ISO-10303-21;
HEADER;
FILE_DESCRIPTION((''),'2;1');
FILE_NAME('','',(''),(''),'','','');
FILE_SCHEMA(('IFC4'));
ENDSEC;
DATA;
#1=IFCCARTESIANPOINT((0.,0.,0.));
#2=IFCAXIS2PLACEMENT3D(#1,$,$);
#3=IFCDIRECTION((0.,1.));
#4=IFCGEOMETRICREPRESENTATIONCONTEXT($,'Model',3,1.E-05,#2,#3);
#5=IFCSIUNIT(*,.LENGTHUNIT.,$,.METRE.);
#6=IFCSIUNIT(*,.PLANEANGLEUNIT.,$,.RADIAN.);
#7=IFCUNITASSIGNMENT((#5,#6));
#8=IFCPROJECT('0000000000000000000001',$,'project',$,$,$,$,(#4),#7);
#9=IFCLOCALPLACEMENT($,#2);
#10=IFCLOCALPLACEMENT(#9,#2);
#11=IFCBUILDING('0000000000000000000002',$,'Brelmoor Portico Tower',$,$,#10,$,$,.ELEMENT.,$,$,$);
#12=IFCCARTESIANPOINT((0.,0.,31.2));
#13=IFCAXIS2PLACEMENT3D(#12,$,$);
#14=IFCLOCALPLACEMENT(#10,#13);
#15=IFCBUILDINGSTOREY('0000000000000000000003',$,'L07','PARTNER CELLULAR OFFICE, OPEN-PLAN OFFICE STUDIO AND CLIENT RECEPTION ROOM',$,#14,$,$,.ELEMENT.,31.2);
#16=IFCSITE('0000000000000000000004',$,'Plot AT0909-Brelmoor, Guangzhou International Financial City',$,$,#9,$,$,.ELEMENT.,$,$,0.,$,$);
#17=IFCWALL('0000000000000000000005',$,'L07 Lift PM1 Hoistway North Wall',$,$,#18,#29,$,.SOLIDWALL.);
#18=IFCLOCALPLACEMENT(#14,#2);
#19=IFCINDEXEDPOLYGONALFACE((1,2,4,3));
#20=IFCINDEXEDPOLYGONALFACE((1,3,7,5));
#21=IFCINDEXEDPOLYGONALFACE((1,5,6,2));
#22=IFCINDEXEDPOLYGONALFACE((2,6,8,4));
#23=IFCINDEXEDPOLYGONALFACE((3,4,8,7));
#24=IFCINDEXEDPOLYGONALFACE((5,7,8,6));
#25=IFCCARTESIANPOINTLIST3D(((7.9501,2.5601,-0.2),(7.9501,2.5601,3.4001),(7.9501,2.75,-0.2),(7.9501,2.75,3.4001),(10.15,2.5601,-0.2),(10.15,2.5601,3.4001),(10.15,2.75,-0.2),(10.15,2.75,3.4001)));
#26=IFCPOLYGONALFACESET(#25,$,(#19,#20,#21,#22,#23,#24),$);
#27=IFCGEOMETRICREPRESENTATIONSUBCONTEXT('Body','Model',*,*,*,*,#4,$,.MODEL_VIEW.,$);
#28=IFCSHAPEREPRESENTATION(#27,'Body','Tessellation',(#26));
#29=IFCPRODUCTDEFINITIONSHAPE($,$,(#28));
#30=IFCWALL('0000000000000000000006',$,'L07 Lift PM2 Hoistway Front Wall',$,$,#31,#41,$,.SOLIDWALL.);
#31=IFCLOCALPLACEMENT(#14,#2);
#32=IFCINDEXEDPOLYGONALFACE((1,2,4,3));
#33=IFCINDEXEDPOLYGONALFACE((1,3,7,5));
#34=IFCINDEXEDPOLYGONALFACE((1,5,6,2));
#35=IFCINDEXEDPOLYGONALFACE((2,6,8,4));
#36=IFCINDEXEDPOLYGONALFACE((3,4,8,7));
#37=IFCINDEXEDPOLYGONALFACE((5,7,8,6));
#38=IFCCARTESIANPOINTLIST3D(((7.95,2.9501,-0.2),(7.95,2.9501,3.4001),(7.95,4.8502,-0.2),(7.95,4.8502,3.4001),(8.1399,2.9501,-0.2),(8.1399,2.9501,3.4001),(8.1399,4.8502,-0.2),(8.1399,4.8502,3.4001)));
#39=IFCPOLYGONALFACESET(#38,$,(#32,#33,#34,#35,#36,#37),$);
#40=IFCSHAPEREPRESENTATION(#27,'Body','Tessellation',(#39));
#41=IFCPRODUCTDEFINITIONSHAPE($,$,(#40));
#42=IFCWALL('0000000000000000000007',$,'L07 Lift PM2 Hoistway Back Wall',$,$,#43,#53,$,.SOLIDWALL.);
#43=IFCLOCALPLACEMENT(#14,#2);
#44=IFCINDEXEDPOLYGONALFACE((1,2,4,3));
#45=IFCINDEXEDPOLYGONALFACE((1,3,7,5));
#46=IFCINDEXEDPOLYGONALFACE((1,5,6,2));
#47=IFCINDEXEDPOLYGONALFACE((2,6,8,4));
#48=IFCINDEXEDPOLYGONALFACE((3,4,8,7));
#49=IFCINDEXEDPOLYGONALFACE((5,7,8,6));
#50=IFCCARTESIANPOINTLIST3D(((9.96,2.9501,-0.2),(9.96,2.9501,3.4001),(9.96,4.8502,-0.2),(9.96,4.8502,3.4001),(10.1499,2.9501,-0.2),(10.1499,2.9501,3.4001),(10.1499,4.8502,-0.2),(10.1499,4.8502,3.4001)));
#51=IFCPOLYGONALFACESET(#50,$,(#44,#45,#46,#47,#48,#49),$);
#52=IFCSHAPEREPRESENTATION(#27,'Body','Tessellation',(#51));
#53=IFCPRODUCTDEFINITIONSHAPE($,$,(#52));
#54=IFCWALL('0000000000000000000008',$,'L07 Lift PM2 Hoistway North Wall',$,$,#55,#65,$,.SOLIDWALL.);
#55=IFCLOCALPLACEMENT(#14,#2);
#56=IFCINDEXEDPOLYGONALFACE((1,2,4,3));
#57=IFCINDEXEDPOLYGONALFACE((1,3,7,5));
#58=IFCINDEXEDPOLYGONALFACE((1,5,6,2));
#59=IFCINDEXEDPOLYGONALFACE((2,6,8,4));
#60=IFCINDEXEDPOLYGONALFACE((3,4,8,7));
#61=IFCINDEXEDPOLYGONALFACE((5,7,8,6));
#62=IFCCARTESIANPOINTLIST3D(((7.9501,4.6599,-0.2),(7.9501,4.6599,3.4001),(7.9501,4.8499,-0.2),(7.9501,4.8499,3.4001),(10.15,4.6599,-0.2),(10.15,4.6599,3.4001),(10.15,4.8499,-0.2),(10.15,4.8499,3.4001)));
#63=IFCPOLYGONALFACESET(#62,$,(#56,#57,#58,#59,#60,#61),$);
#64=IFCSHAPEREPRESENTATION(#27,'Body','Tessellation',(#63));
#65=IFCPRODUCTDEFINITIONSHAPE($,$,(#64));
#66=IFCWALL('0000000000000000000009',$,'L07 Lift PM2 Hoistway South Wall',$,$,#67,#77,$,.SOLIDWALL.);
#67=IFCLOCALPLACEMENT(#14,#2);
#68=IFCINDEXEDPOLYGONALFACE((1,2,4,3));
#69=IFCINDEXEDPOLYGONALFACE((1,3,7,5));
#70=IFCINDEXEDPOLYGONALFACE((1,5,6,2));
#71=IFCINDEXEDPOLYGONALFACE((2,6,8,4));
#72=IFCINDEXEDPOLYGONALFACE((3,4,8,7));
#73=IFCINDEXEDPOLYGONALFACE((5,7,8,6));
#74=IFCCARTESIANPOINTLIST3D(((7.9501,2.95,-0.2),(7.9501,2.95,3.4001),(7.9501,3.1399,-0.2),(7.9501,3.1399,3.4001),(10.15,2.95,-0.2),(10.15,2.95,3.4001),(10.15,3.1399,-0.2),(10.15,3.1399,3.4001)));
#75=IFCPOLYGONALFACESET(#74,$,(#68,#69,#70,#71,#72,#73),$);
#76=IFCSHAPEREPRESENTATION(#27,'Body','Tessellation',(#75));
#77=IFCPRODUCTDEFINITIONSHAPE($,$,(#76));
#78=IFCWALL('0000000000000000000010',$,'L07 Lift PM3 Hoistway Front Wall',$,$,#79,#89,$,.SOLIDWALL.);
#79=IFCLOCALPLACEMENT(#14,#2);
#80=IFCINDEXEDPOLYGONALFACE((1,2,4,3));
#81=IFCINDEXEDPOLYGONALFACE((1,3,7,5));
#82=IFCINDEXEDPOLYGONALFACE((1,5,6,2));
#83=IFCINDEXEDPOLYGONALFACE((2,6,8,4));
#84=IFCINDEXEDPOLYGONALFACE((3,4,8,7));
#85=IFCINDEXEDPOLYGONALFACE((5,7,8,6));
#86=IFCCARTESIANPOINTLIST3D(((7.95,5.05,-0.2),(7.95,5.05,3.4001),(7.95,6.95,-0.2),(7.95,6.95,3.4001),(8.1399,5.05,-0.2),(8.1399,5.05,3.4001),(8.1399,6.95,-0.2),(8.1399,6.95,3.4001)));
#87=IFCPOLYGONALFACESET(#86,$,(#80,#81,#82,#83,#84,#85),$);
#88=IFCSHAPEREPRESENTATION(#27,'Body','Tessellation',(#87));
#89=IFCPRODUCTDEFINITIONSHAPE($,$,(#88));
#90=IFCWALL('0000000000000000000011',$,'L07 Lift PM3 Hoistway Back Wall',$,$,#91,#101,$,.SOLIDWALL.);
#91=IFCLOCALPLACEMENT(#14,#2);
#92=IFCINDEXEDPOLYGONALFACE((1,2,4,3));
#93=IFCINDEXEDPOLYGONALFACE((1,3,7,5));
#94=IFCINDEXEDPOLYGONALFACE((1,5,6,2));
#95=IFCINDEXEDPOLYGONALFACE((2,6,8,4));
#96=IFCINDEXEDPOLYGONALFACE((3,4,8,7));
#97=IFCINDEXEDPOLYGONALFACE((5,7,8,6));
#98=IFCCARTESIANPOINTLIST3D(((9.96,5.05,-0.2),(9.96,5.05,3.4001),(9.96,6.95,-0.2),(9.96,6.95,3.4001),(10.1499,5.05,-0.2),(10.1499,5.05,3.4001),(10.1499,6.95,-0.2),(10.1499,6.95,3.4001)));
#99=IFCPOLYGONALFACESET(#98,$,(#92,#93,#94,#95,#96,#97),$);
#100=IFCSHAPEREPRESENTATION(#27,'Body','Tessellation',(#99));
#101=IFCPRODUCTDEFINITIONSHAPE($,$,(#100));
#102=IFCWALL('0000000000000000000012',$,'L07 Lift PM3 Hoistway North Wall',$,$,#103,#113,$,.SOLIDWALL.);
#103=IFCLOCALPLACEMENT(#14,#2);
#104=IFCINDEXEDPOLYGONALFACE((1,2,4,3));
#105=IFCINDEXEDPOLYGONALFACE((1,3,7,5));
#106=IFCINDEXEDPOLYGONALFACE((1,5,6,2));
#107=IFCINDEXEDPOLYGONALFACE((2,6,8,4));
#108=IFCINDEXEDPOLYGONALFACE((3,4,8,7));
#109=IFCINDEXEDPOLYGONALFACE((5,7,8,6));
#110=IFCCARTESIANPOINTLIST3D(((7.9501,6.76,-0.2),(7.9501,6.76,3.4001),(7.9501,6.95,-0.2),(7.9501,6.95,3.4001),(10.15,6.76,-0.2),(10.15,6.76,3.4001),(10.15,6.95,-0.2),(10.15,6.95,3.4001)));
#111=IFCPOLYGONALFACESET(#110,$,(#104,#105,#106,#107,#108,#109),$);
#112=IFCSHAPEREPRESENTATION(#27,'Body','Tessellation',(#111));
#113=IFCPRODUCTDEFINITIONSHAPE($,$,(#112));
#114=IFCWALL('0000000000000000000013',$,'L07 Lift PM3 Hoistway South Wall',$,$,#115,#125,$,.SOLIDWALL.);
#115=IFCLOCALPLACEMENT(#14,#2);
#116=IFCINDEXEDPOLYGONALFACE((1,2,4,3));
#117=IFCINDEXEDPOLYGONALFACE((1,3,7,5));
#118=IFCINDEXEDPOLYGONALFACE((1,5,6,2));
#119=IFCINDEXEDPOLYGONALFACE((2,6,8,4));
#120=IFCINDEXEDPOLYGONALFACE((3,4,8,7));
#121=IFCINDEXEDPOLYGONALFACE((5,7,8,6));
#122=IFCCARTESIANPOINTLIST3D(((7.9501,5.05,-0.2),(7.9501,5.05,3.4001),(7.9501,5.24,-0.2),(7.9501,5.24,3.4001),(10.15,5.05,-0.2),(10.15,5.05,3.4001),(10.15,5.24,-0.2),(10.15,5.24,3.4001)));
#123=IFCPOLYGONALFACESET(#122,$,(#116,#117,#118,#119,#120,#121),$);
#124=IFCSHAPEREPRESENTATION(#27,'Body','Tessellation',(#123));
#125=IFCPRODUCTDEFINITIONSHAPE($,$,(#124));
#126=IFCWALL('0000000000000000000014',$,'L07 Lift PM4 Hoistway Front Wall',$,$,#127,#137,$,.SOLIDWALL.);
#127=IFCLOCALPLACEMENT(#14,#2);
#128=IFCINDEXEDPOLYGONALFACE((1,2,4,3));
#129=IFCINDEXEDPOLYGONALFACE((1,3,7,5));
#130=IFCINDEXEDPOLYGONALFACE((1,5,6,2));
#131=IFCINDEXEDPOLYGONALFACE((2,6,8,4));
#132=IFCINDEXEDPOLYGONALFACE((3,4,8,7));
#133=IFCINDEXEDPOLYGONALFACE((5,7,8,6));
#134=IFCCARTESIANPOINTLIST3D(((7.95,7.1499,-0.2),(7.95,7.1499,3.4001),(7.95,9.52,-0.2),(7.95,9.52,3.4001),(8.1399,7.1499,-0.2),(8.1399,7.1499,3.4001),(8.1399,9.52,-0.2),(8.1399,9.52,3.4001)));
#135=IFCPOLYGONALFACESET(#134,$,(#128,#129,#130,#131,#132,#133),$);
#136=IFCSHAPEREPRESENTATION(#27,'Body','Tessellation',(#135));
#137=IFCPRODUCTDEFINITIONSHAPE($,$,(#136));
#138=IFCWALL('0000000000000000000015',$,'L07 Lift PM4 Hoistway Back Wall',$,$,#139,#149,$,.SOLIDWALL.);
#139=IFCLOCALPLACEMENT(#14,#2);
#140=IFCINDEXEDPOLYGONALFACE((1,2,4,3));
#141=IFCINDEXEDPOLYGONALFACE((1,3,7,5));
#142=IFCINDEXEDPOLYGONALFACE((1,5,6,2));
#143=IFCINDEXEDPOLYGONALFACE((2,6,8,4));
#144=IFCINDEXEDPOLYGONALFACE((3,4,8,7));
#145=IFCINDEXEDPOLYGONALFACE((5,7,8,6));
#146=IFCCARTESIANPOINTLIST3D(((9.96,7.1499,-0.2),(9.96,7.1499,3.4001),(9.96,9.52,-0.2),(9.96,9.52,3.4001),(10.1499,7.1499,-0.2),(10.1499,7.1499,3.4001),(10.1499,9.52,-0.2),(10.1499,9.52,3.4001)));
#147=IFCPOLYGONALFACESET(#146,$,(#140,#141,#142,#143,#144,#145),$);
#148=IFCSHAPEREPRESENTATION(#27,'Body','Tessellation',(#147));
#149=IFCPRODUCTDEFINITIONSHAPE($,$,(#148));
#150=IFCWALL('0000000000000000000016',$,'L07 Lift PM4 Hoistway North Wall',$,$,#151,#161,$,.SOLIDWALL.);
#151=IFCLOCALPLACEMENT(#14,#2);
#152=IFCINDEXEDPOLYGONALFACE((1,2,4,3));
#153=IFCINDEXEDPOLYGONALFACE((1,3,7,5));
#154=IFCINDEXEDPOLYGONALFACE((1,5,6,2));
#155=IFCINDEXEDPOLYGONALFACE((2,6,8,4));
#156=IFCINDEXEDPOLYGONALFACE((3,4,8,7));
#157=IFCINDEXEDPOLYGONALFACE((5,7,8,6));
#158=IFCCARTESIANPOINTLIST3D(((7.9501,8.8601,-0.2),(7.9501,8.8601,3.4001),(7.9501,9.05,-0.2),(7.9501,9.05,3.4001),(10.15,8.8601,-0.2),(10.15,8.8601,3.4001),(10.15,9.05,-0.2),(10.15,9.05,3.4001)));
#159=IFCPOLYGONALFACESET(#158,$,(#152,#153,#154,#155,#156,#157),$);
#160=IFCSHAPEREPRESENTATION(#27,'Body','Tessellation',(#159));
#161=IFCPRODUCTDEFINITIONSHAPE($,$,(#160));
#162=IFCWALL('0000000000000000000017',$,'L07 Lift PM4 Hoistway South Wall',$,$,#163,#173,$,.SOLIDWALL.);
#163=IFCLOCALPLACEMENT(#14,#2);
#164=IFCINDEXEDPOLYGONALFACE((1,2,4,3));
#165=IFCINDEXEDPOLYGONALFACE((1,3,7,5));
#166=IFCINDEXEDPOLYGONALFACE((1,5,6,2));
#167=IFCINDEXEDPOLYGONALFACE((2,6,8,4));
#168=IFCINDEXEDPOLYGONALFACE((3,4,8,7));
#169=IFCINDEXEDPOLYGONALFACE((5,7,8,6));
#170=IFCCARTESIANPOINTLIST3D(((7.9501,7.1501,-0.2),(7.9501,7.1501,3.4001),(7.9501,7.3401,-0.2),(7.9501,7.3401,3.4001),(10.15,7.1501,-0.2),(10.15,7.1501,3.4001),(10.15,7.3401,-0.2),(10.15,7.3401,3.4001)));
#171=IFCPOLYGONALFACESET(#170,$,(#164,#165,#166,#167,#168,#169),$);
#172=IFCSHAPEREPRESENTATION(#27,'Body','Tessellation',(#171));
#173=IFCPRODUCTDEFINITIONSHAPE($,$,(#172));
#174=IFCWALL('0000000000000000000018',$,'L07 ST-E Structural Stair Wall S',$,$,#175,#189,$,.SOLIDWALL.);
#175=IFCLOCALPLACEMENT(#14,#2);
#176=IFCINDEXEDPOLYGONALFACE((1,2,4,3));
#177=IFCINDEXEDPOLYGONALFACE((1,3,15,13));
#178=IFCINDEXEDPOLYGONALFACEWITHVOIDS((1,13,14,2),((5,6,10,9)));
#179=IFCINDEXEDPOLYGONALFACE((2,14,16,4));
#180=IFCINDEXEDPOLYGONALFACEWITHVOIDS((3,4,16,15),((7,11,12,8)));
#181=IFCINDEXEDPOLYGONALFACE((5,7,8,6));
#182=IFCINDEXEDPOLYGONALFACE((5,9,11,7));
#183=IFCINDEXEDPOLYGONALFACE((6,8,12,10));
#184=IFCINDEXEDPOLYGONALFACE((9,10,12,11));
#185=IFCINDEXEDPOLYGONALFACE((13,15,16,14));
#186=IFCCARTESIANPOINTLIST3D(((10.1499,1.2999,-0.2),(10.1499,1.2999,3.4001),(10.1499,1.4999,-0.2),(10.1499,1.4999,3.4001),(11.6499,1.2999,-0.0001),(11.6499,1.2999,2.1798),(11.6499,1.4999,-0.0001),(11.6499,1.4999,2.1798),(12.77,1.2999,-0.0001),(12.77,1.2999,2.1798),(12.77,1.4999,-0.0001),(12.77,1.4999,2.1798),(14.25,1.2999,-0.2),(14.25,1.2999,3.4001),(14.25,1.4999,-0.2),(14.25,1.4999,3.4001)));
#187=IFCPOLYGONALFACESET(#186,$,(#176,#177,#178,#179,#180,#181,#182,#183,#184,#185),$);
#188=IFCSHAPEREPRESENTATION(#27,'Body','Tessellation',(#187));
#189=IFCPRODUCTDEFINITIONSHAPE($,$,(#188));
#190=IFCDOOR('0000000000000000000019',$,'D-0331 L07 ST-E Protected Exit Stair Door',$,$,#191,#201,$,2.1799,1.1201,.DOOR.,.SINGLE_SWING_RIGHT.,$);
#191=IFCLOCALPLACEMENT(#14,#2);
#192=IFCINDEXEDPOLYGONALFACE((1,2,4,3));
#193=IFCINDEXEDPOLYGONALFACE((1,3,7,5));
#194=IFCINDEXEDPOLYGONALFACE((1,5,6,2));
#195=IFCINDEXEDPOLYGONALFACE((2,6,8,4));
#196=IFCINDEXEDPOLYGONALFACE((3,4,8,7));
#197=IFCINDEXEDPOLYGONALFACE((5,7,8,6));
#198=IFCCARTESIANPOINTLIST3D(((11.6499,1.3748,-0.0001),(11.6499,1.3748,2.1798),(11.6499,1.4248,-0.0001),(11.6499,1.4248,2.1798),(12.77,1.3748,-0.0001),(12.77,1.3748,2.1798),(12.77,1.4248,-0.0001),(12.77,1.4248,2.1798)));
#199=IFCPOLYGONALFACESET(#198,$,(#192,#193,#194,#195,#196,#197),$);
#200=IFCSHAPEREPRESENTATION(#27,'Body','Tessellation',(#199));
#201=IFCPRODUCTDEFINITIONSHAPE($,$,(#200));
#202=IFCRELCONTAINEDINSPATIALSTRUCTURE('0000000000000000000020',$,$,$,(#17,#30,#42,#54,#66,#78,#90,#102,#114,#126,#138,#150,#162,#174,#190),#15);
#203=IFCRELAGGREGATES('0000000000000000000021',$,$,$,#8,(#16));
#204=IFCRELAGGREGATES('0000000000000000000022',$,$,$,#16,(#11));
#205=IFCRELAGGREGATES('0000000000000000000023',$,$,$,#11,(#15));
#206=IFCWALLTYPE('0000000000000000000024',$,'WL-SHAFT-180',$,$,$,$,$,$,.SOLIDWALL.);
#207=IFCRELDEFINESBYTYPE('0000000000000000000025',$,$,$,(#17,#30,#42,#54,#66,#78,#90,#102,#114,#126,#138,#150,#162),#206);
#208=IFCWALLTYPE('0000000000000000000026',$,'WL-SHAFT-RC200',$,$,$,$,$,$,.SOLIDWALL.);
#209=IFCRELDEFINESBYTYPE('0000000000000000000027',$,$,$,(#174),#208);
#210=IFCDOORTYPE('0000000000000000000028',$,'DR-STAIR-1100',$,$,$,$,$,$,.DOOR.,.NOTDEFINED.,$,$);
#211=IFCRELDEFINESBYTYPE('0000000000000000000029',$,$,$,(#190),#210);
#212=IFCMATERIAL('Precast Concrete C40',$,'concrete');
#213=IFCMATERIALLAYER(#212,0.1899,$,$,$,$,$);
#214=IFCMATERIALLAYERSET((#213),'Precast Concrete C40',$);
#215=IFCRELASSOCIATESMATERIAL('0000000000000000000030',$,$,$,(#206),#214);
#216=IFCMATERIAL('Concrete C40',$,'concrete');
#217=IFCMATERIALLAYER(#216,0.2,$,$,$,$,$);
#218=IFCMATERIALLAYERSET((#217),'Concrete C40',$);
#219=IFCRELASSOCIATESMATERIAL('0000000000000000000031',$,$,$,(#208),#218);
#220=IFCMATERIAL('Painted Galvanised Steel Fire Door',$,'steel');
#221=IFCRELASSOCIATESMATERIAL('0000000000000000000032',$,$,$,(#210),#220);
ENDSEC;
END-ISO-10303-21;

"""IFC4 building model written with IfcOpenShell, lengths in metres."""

from ifc_helpers import new_model, si_unit, direction, frame, frame_2d, origin, place, context, subcontext, project, spatial, rectangle, extrude, material, layer, layer_set, type_object, element, fill, save


model = new_model("IFC4")

# Units and contexts
model_context = context("Model", 3, precision=1e-05, world=origin(), true_north=direction((0.0, 1.0)))
body_context = subcontext(model_context, "Body", "Model", "MODEL_VIEW")
ifc_project = project(units=[si_unit("LENGTHUNIT", "METRE"), si_unit("PLANEANGLEUNIT", "RADIAN")], contexts=[model_context])

# Site, building, storey
site_placement = place(None, origin())
site = spatial("IfcSite", under=ifc_project, at=site_placement, Name="Plot AT0909-Brelmoor, Guangzhou International Financial City", CompositionType="ELEMENT", RefElevation=0.0)
building_placement = place(site_placement, origin())
building = spatial("IfcBuilding", under=site, at=building_placement, Name="Brelmoor Portico Tower", CompositionType="ELEMENT")
storey_placement = place(building_placement, frame((0.0, 0.0, 31.2)))
storey = spatial("IfcBuildingStorey", under=building, at=storey_placement, Name="L07", Description="PARTNER CELLULAR OFFICE, OPEN-PLAN OFFICE STUDIO AND CLIENT RECEPTION ROOM", CompositionType="ELEMENT", Elevation=31.2)

# Walls
ifc_material_1 = material(Name="Precast Concrete C40", Category="concrete")
ifc_layer_1 = layer(ifc_material_1, 0.1899)
ifc_layer_set_1 = layer_set([ifc_layer_1], Name="Precast Concrete C40")
wall_type_1 = type_object("IfcWallType", Name="WL-SHAFT-180", PredefinedType="SOLIDWALL", material=ifc_layer_set_1)
wall_1_placement = place(storey_placement, frame((7.95, 2.655, -0.2), z_axis=(0.0, 0.0, 1.0), x_axis=(1.0, 0.0, 0.0)))
element("IfcWall", 1, at=wall_1_placement, inside=storey, type_object=wall_type_1, Name="L07 Lift PM1 Hoistway North Wall", PredefinedType="SOLIDWALL", context=body_context, shape_type="SweptSolid", body=[
    extrude(rectangle(XDim=2.2, YDim=0.1899, at=frame_2d((1.1001, 0.0))), origin(), (0.0, 0.0, 1.0), 3.6001),
])
for number, where, z_axis, x_axis, name in (
    (2, (8.0449, 2.95, -0.2), (0.0, 0.0, 1.0), (0.0, 1.0, 0.0), "L07 Lift PM2 Hoistway Front Wall"),
    (3, (10.0549, 2.95, -0.2), (0.0, 0.0, 1.0), (0.0, 1.0, 0.0), "L07 Lift PM2 Hoistway Back Wall"),
):
    element("IfcWall", number, at=place(storey_placement, frame(where, z_axis=z_axis, x_axis=x_axis)), inside=storey, type_object=wall_type_1, Name=name, PredefinedType="SOLIDWALL", context=body_context, shape_type="SweptSolid", body=[
        extrude(rectangle(XDim=1.9001, YDim=0.1899, at=frame_2d((0.9502, 0.0))), origin(), (0.0, 0.0, 1.0), 3.6001),
    ])
for number, where, z_axis, x_axis, name in (
    (4, (7.95, 4.7549, -0.2), (0.0, 0.0, 1.0), (1.0, 0.0, 0.0), "L07 Lift PM2 Hoistway North Wall"),
    (5, (7.95, 3.0449, -0.2), (0.0, 0.0, 1.0), (1.0, 0.0, 0.0), "L07 Lift PM2 Hoistway South Wall"),
):
    element("IfcWall", number, at=place(storey_placement, frame(where, z_axis=z_axis, x_axis=x_axis)), inside=storey, type_object=wall_type_1, Name=name, PredefinedType="SOLIDWALL", context=body_context, shape_type="SweptSolid", body=[
        extrude(rectangle(XDim=2.2, YDim=0.1899, at=frame_2d((1.1001, 0.0))), origin(), (0.0, 0.0, 1.0), 3.6001),
    ])
for number, where, z_axis, x_axis, name in (
    (6, (8.0449, 5.05, -0.2), (0.0, 0.0, 1.0), (0.0, 1.0, 0.0), "L07 Lift PM3 Hoistway Front Wall"),
    (7, (10.0549, 5.05, -0.2), (0.0, 0.0, 1.0), (0.0, 1.0, 0.0), "L07 Lift PM3 Hoistway Back Wall"),
):
    element("IfcWall", number, at=place(storey_placement, frame(where, z_axis=z_axis, x_axis=x_axis)), inside=storey, type_object=wall_type_1, Name=name, PredefinedType="SOLIDWALL", context=body_context, shape_type="SweptSolid", body=[
        extrude(rectangle(XDim=1.8999, YDim=0.1899, at=frame_2d((0.95, 0.0))), origin(), (0.0, 0.0, 1.0), 3.6001),
    ])
for number, where, z_axis, x_axis, name in (
    (8, (7.95, 6.855, -0.2), (0.0, 0.0, 1.0), (1.0, 0.0, 0.0), "L07 Lift PM3 Hoistway North Wall"),
    (9, (7.95, 5.145, -0.2), (0.0, 0.0, 1.0), (1.0, 0.0, 0.0), "L07 Lift PM3 Hoistway South Wall"),
):
    element("IfcWall", number, at=place(storey_placement, frame(where, z_axis=z_axis, x_axis=x_axis)), inside=storey, type_object=wall_type_1, Name=name, PredefinedType="SOLIDWALL", context=body_context, shape_type="SweptSolid", body=[
        extrude(rectangle(XDim=2.2, YDim=0.1899, at=frame_2d((1.1001, 0.0))), origin(), (0.0, 0.0, 1.0), 3.6001),
    ])
for number, where, z_axis, x_axis, name in (
    (10, (8.0449, 7.1499, -0.2), (0.0, 0.0, 1.0), (0.0, 1.0, 0.0), "L07 Lift PM4 Hoistway Front Wall"),
    (11, (10.0549, 7.1499, -0.2), (0.0, 0.0, 1.0), (0.0, 1.0, 0.0), "L07 Lift PM4 Hoistway Back Wall"),
):
    element("IfcWall", number, at=place(storey_placement, frame(where, z_axis=z_axis, x_axis=x_axis)), inside=storey, type_object=wall_type_1, Name=name, PredefinedType="SOLIDWALL", context=body_context, shape_type="SweptSolid", body=[
        extrude(rectangle(XDim=2.3701, YDim=0.1899, at=frame_2d((1.1851, 0.0))), origin(), (0.0, 0.0, 1.0), 3.6001),
    ])
for number, where, z_axis, x_axis, name in (
    (12, (7.95, 8.9551, -0.2), (0.0, 0.0, 1.0), (1.0, 0.0, 0.0), "L07 Lift PM4 Hoistway North Wall"),
    (13, (7.95, 7.2451, -0.2), (0.0, 0.0, 1.0), (1.0, 0.0, 0.0), "L07 Lift PM4 Hoistway South Wall"),
):
    element("IfcWall", number, at=place(storey_placement, frame(where, z_axis=z_axis, x_axis=x_axis)), inside=storey, type_object=wall_type_1, Name=name, PredefinedType="SOLIDWALL", context=body_context, shape_type="SweptSolid", body=[
        extrude(rectangle(XDim=2.2, YDim=0.1899, at=frame_2d((1.1001, 0.0))), origin(), (0.0, 0.0, 1.0), 3.6001),
    ])

# Wall, opening, door
ifc_material_2 = material(Name="Concrete C40", Category="concrete")
ifc_layer_2 = layer(ifc_material_2, 0.2)
ifc_layer_set_2 = layer_set([ifc_layer_2], Name="Concrete C40")
wall_type_2 = type_object("IfcWallType", Name="WL-SHAFT-RC200", PredefinedType="SOLIDWALL", material=ifc_layer_set_2)
wall_2_placement = place(storey_placement, frame((10.1499, 1.3999, -0.2), z_axis=(0.0, 0.0, 1.0), x_axis=(1.0, 0.0, 0.0)))
wall_2 = element("IfcWall", 14, at=wall_2_placement, inside=storey, type_object=wall_type_2, Name="L07 ST-E Structural Stair Wall S", PredefinedType="SOLIDWALL", context=body_context, shape_type="SweptSolid", body=[
    extrude(rectangle(XDim=4.1001, YDim=0.2, at=frame_2d((2.05, 0.0))), origin(), (0.0, 0.0, 1.0), 3.6001),
])
opening_placement = place(wall_2_placement, frame((1.5, 0.0, 0.2)))
opening = element("IfcOpeningElement", 15, at=opening_placement, cuts=wall_2, PredefinedType="OPENING", context=body_context, shape_type="SweptSolid", body=[
    extrude(rectangle(XDim=1.1201, YDim=2.1799, at=frame_2d((0.5601, 1.0898))), frame((0.0, 0.1099, 0.0), z_axis=(0.0, -1.0, 0.0), x_axis=(1.0, 0.0, 0.0)), (0.0, 0.0, 1.0), 0.22),
])
ifc_material_3 = material(Name="Painted Galvanised Steel Fire Door", Category="steel")
door_type = type_object("IfcDoorType", Name="DR-STAIR-1100", OperationType="NOTDEFINED", PredefinedType="DOOR", material=ifc_material_3)
door_placement = place(opening_placement, origin())
door = element("IfcDoor", 16, at=door_placement, inside=storey, type_object=door_type, Name="D-0331 L07 ST-E Protected Exit Stair Door", OperationType="SINGLE_SWING_RIGHT", OverallHeight=2.1799, OverallWidth=1.1201, PredefinedType="DOOR", context=body_context, shape_type="SweptSolid", body=[
    extrude(rectangle(XDim=1.1201, YDim=2.1799, at=frame_2d((0.5601, 1.0898))), frame((0.0, 0.0249, 0.0), z_axis=(0.0, -1.0, 0.0), x_axis=(1.0, 0.0, 0.0)), (0.0, 0.0, 1.0), 0.05),
])
fill(opening, door)

save(model, "model.ifc")
